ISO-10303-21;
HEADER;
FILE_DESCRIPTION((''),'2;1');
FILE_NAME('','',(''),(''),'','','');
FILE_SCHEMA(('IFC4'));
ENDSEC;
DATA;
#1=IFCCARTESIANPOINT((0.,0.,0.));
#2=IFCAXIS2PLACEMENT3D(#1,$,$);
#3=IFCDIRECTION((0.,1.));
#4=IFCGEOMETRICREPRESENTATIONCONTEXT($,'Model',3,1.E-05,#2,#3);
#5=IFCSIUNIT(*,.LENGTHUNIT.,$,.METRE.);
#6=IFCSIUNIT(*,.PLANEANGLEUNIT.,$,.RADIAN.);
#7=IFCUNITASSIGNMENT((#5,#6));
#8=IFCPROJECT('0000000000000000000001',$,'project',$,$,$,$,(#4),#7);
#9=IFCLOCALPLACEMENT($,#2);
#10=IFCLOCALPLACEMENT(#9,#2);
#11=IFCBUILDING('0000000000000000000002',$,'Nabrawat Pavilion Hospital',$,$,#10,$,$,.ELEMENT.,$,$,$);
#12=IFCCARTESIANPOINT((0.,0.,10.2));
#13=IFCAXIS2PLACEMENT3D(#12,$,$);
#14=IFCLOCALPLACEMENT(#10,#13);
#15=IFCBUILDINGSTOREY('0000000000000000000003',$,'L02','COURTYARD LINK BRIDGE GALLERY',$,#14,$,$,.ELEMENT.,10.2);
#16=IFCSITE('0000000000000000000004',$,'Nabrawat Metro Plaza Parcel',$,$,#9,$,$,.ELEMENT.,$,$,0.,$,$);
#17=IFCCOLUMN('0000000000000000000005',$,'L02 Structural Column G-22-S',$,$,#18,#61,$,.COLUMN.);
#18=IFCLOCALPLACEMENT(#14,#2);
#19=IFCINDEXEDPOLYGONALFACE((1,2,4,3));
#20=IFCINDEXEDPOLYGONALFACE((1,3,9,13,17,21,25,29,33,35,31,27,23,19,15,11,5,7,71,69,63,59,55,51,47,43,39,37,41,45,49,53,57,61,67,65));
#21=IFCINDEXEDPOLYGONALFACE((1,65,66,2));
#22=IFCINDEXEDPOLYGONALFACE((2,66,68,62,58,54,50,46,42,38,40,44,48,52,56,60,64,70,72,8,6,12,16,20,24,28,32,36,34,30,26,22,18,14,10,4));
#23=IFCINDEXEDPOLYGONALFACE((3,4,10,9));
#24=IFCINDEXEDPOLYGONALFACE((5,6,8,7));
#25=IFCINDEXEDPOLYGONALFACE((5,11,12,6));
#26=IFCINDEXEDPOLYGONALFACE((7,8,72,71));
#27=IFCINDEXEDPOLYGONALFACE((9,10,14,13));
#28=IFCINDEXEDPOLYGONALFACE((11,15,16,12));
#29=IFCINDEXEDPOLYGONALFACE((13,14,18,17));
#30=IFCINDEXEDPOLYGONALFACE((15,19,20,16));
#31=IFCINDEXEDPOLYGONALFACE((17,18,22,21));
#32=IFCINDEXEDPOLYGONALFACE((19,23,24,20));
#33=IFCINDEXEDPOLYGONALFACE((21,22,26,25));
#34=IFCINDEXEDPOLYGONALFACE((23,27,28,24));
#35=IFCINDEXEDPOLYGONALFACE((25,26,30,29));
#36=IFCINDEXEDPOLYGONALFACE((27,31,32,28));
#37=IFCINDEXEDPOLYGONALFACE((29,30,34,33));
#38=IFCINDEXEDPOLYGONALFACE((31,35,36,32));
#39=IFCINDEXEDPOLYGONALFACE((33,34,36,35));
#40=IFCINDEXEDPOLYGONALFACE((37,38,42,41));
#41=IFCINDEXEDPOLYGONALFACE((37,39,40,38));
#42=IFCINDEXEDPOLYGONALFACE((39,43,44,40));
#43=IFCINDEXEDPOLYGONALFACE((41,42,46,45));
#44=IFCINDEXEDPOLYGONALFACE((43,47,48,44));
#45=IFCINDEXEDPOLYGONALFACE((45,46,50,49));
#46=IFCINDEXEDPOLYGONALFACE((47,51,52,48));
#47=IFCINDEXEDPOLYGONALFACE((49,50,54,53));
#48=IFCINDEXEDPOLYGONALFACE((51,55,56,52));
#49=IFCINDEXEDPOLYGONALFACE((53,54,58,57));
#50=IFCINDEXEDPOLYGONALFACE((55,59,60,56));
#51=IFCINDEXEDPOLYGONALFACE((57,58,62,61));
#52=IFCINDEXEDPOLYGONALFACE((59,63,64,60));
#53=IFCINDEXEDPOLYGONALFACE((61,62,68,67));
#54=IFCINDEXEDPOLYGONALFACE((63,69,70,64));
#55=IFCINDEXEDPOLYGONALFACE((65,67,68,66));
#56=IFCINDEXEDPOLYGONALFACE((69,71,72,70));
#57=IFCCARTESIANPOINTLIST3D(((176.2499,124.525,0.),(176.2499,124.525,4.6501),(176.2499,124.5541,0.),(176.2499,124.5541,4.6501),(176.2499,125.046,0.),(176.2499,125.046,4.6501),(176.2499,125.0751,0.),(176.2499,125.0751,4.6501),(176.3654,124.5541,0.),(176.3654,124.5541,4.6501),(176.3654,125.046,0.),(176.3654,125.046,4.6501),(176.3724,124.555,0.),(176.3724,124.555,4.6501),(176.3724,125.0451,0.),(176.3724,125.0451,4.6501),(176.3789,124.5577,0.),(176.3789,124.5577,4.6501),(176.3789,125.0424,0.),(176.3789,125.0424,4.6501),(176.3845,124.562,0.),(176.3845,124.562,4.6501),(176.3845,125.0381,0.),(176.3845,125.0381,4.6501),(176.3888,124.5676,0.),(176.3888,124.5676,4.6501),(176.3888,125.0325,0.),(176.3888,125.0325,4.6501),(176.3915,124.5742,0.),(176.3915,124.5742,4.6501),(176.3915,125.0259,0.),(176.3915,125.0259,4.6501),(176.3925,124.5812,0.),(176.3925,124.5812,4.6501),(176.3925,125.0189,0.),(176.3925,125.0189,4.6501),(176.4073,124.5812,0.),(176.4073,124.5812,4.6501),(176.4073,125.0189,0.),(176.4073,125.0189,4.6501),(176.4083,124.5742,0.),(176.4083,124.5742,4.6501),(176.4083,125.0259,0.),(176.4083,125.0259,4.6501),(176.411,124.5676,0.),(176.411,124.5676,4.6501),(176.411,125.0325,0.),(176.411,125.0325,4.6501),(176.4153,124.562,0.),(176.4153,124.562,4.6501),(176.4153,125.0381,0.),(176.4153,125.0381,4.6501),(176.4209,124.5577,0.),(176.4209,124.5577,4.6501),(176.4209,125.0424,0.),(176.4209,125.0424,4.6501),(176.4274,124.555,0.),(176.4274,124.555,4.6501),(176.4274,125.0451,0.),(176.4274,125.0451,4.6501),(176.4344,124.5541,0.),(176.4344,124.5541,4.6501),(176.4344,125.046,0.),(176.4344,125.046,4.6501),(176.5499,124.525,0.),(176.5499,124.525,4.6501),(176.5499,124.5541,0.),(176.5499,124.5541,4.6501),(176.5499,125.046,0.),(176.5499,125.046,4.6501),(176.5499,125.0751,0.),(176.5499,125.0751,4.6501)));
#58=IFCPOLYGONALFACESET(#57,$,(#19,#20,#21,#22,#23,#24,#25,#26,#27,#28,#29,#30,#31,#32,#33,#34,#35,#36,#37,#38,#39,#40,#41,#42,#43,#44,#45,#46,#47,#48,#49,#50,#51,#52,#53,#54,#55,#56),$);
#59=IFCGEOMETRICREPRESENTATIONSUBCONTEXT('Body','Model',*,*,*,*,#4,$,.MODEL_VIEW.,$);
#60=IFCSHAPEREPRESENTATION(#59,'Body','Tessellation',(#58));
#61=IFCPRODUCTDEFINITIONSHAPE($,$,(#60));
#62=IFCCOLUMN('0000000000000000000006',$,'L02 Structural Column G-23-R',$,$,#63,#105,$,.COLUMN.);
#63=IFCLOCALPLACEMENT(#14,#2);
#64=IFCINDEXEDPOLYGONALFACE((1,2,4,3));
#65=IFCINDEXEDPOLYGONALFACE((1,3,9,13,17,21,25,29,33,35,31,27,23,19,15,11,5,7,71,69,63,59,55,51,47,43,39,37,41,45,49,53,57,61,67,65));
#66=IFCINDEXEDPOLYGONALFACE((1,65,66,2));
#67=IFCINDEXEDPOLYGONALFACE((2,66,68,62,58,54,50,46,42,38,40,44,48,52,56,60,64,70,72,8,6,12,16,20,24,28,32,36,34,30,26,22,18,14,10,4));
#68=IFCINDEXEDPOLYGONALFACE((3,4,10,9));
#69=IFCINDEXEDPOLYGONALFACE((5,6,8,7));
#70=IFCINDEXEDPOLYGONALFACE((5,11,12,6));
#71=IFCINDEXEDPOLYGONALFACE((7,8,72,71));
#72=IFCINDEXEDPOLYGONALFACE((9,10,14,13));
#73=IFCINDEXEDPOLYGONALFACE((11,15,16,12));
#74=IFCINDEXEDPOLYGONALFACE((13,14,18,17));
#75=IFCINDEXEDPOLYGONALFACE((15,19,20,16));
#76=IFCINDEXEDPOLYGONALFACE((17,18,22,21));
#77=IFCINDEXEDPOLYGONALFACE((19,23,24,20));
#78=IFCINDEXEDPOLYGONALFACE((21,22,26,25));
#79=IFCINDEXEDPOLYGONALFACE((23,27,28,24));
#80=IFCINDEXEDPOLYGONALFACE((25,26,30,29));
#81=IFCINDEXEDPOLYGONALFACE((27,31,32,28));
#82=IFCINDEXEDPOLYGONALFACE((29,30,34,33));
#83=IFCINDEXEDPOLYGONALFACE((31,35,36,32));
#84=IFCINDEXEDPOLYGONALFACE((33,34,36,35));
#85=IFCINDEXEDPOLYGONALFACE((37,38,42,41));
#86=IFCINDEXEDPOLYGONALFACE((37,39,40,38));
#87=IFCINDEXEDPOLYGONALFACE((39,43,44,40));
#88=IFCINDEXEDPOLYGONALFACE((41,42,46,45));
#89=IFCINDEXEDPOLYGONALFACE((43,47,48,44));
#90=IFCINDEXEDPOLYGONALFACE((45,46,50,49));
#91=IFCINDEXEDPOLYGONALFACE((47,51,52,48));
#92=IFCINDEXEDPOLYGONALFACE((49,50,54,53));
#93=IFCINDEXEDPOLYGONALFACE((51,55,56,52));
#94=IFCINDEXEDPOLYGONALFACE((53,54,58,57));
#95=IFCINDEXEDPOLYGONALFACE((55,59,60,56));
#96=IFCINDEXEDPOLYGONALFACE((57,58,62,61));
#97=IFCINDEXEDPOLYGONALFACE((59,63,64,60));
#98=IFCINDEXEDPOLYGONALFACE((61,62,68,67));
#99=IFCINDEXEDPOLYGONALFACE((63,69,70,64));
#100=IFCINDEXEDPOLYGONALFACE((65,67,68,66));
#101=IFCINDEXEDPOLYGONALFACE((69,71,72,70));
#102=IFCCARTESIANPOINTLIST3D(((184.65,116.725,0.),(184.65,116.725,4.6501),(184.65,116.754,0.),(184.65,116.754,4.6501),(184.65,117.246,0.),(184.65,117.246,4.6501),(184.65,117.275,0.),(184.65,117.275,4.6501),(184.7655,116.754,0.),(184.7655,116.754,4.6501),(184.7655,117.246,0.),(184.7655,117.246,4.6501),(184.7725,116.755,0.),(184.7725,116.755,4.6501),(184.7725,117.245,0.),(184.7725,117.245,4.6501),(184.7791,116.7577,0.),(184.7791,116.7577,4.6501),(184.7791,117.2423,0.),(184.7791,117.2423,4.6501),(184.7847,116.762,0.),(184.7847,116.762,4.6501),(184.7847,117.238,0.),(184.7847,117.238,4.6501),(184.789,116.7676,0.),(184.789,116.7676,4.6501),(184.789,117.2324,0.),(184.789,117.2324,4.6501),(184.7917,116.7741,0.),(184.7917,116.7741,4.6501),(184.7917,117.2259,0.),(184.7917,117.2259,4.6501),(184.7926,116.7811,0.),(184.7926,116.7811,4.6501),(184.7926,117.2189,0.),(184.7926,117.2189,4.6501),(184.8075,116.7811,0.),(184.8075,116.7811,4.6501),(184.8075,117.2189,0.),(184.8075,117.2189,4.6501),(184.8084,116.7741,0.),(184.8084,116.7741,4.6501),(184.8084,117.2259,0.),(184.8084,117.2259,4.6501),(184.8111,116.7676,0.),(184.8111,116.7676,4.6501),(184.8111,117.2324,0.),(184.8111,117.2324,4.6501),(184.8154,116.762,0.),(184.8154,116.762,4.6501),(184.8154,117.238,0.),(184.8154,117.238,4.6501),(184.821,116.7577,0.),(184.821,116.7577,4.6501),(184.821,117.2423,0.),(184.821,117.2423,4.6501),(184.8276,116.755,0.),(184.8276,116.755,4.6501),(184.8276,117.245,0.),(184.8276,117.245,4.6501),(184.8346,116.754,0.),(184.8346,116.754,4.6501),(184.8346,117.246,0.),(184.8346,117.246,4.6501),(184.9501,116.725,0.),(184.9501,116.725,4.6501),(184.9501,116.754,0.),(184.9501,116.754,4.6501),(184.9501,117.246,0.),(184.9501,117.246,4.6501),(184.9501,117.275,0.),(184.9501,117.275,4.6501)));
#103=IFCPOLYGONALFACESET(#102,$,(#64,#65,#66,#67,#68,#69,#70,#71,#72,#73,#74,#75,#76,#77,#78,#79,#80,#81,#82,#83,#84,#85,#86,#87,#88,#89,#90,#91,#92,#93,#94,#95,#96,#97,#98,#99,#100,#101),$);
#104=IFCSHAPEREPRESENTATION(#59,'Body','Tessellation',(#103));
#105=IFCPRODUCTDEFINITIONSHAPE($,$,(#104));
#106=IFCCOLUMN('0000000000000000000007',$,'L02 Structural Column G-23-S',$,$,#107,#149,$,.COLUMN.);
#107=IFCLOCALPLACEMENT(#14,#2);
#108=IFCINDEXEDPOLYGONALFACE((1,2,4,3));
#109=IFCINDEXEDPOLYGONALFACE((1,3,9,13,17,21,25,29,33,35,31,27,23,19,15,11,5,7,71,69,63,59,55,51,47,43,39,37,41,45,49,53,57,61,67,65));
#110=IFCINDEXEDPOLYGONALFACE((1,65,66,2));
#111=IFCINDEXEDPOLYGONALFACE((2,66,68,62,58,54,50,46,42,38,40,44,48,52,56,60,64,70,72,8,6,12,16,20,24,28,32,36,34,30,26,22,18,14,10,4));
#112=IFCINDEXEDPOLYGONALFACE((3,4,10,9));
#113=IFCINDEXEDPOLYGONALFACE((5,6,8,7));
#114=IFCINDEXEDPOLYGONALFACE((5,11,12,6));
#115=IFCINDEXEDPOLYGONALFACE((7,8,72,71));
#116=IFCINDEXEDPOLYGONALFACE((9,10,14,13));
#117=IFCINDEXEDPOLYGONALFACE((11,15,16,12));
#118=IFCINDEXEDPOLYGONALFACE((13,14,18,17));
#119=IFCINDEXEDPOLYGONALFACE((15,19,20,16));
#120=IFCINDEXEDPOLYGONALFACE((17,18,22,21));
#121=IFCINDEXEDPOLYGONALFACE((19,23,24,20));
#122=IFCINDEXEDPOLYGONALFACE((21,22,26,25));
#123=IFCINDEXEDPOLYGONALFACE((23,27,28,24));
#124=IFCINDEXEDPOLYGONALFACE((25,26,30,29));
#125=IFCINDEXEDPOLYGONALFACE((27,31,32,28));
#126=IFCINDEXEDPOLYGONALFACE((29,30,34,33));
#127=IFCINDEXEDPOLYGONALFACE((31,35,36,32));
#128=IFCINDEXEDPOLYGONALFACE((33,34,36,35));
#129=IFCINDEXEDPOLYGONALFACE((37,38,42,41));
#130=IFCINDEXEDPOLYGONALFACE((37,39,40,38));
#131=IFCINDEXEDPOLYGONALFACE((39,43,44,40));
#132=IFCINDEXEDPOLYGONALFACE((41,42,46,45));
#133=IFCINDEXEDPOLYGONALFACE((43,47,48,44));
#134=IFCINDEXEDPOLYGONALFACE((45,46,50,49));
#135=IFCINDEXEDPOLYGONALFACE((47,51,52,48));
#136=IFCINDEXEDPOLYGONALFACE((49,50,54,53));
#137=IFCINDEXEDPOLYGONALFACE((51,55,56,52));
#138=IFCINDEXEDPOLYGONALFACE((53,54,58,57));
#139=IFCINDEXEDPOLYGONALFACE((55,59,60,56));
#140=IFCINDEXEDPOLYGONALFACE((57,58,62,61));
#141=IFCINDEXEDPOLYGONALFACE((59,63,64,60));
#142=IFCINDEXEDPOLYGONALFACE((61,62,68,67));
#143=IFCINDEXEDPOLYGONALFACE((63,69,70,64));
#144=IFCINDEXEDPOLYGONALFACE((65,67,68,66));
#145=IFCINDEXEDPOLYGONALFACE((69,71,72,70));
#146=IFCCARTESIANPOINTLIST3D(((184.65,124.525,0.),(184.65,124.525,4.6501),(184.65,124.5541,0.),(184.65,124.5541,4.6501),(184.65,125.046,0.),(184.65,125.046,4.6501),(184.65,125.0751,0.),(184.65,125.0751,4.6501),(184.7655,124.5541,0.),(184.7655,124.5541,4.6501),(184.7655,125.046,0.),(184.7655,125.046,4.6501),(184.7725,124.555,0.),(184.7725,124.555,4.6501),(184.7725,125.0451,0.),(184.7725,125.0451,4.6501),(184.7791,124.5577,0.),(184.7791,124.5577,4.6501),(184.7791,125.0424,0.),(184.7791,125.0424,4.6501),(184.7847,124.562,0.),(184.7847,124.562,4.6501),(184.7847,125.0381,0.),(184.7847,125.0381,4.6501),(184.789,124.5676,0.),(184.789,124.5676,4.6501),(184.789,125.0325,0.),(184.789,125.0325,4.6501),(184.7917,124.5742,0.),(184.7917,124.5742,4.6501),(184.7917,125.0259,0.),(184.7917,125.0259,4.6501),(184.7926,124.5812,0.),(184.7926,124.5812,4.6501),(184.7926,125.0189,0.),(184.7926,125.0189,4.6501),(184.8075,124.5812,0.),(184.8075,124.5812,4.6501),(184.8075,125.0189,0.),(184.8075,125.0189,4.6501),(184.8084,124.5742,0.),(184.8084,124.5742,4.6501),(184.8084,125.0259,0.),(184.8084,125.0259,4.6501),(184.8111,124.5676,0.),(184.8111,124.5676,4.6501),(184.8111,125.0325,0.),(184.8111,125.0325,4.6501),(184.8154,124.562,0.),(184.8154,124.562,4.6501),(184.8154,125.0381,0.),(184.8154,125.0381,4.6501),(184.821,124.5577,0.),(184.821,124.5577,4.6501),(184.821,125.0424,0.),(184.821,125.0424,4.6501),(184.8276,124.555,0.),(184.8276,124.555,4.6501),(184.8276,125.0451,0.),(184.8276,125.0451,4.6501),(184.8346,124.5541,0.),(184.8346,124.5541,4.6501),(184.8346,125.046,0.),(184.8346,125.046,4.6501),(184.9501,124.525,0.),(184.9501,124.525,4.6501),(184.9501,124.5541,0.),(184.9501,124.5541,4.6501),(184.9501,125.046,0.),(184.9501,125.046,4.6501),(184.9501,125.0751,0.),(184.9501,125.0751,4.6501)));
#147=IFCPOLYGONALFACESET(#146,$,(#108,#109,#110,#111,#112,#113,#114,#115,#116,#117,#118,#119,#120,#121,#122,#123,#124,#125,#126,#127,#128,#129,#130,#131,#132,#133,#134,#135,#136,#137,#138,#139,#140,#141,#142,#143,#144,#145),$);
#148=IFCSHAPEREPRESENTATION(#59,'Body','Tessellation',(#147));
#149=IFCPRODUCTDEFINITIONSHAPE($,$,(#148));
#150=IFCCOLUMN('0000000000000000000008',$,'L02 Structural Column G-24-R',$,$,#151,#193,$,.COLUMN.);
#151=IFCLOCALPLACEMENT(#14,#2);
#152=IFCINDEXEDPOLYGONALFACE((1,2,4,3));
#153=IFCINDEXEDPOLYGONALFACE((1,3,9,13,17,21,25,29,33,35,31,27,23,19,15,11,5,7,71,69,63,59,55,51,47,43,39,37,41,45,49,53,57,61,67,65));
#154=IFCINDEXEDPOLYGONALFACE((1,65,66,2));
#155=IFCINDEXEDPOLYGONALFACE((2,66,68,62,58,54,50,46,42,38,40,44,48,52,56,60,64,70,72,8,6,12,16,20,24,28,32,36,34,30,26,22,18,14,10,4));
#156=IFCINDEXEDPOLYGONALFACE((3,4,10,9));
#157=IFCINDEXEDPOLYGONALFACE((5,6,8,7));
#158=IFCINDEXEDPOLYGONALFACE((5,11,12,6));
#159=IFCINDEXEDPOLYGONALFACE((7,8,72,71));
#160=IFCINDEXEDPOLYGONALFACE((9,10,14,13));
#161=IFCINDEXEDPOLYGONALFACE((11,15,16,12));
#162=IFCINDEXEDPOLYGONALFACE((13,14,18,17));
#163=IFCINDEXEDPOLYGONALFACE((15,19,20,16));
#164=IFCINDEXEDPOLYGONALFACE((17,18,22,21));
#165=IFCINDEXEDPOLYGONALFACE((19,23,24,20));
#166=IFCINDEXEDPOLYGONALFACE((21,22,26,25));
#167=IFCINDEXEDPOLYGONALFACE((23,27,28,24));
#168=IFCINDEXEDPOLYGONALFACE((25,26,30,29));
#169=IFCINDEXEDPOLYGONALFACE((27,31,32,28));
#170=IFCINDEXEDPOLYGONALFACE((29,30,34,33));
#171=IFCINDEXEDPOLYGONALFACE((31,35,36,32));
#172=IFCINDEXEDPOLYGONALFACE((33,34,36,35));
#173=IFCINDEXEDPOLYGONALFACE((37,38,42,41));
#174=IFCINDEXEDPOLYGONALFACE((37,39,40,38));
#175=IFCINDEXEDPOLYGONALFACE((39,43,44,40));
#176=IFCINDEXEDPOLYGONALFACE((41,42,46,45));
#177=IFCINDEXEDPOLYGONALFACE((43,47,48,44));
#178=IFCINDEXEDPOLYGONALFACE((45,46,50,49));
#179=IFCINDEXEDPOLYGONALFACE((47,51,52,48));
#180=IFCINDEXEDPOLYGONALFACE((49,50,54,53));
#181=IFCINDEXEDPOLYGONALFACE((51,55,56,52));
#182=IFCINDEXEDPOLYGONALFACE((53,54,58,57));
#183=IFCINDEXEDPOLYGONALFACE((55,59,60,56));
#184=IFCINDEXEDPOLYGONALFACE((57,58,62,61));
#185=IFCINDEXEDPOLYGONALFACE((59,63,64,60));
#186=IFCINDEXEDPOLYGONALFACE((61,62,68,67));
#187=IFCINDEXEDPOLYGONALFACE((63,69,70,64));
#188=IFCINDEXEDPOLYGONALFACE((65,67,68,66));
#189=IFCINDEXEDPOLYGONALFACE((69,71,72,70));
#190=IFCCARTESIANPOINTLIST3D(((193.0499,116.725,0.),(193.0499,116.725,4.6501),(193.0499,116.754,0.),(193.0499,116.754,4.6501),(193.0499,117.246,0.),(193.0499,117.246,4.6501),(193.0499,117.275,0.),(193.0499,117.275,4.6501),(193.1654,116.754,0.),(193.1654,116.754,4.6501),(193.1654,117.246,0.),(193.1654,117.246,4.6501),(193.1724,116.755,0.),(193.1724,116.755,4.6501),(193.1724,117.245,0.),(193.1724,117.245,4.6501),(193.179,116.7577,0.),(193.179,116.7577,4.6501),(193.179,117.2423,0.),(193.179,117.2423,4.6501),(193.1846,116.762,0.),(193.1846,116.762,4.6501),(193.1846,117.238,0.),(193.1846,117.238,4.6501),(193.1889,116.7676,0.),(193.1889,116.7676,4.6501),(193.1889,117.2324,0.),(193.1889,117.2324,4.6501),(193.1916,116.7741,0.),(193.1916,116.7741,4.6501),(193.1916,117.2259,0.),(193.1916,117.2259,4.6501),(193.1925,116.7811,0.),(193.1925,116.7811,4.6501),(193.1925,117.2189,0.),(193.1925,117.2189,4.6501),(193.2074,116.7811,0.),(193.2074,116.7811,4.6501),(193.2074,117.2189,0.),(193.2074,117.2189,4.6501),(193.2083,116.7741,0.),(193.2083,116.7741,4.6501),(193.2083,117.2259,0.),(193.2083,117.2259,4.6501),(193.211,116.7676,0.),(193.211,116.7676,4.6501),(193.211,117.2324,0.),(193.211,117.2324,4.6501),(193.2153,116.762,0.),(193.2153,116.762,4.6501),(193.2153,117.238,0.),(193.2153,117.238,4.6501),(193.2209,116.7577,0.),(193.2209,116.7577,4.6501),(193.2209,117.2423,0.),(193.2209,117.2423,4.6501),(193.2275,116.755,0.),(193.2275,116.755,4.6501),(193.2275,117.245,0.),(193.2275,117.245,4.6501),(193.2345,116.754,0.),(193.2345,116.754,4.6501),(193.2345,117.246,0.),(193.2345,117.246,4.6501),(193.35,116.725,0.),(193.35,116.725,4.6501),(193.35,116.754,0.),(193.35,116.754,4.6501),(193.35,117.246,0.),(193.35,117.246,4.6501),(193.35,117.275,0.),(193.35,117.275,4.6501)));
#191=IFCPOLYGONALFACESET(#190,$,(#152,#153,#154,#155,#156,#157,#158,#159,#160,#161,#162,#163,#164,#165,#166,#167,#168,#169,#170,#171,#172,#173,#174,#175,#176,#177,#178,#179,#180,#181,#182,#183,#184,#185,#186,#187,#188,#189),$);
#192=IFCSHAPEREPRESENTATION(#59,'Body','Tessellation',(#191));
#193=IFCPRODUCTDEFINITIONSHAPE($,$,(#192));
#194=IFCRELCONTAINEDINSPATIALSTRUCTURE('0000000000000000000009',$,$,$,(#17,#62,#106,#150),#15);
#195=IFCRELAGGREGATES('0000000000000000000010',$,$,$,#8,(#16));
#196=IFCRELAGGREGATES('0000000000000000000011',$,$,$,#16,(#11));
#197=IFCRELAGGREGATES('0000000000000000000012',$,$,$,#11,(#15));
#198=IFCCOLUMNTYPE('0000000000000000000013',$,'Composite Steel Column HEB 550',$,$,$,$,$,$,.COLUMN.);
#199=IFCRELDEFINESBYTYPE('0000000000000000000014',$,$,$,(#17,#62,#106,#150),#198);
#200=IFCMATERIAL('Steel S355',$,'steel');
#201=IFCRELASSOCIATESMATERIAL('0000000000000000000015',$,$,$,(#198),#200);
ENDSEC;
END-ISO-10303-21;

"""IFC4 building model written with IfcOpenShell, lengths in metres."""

from ifc_helpers import new_model, si_unit, direction, frame, origin, origin_2d, place, context, subcontext, project, spatial, i_section, extrude, material, material_profile, profile_set, type_object, element, save


model = new_model("IFC4")

# Units and contexts
model_context = context("Model", 3, precision=1e-05, world=origin(), true_north=direction((0.0, 1.0)))
body_context = subcontext(model_context, "Body", "Model", "MODEL_VIEW")
ifc_project = project(units=[si_unit("LENGTHUNIT", "METRE"), si_unit("PLANEANGLEUNIT", "RADIAN")], contexts=[model_context])

# Site, building, storey
site_placement = place(None, origin())
site = spatial("IfcSite", under=ifc_project, at=site_placement, Name="Nabrawat Metro Plaza Parcel", CompositionType="ELEMENT", RefElevation=0.0)
building_placement = place(site_placement, origin())
building = spatial("IfcBuilding", under=site, at=building_placement, Name="Nabrawat Pavilion Hospital", CompositionType="ELEMENT")
storey_placement = place(building_placement, frame((0.0, 0.0, 10.2)))
storey = spatial("IfcBuildingStorey", under=building, at=storey_placement, Name="L02", Description="COURTYARD LINK BRIDGE GALLERY", CompositionType="ELEMENT", Elevation=10.2)

# Columns
ifc_material_1 = material(Name="Steel S355", Category="steel")
ifc_material_profile_1 = material_profile(ifc_material_1, i_section(OverallWidth=0.3, OverallDepth=0.55, WebThickness=0.0149, FlangeThickness=0.0291, FilletRadius=0.0271, at=origin_2d()), Name="HEB 550")
ifc_profile_set_1 = profile_set([ifc_material_profile_1], Name="Steel S355")
column_type = type_object("IfcColumnType", Name="Composite Steel Column HEB 550", PredefinedType="COLUMN", material=ifc_profile_set_1)
for number, where, z_axis, x_axis, name in (
    (1, (176.3999, 124.8, 0.0), (0.0, 0.0, 1.0), (1.0, 0.0, 0.0), "L02 Structural Column G-22-S"),
    (2, (184.8, 117.0, 0.0), (0.0, 0.0, 1.0), (1.0, 0.0, 0.0), "L02 Structural Column G-23-R"),
    (3, (184.8, 124.8, 0.0), (0.0, 0.0, 1.0), (1.0, 0.0, 0.0), "L02 Structural Column G-23-S"),
    (4, (193.2, 117.0, 0.0), (0.0, 0.0, 1.0), (1.0, 0.0, 0.0), "L02 Structural Column G-24-R"),
):
    element("IfcColumn", number, at=place(storey_placement, frame(where, z_axis=z_axis, x_axis=x_axis)), inside=storey, type_object=column_type, Name=name, PredefinedType="COLUMN", context=body_context, shape_type="SweptSolid", body=[
        extrude(i_section(OverallWidth=0.3, OverallDepth=0.55, WebThickness=0.0149, FlangeThickness=0.0291, FilletRadius=0.0271, at=origin_2d()), origin(), (0.0, 0.0, 1.0), 4.6501),
    ])

save(model, "model.ifc")
